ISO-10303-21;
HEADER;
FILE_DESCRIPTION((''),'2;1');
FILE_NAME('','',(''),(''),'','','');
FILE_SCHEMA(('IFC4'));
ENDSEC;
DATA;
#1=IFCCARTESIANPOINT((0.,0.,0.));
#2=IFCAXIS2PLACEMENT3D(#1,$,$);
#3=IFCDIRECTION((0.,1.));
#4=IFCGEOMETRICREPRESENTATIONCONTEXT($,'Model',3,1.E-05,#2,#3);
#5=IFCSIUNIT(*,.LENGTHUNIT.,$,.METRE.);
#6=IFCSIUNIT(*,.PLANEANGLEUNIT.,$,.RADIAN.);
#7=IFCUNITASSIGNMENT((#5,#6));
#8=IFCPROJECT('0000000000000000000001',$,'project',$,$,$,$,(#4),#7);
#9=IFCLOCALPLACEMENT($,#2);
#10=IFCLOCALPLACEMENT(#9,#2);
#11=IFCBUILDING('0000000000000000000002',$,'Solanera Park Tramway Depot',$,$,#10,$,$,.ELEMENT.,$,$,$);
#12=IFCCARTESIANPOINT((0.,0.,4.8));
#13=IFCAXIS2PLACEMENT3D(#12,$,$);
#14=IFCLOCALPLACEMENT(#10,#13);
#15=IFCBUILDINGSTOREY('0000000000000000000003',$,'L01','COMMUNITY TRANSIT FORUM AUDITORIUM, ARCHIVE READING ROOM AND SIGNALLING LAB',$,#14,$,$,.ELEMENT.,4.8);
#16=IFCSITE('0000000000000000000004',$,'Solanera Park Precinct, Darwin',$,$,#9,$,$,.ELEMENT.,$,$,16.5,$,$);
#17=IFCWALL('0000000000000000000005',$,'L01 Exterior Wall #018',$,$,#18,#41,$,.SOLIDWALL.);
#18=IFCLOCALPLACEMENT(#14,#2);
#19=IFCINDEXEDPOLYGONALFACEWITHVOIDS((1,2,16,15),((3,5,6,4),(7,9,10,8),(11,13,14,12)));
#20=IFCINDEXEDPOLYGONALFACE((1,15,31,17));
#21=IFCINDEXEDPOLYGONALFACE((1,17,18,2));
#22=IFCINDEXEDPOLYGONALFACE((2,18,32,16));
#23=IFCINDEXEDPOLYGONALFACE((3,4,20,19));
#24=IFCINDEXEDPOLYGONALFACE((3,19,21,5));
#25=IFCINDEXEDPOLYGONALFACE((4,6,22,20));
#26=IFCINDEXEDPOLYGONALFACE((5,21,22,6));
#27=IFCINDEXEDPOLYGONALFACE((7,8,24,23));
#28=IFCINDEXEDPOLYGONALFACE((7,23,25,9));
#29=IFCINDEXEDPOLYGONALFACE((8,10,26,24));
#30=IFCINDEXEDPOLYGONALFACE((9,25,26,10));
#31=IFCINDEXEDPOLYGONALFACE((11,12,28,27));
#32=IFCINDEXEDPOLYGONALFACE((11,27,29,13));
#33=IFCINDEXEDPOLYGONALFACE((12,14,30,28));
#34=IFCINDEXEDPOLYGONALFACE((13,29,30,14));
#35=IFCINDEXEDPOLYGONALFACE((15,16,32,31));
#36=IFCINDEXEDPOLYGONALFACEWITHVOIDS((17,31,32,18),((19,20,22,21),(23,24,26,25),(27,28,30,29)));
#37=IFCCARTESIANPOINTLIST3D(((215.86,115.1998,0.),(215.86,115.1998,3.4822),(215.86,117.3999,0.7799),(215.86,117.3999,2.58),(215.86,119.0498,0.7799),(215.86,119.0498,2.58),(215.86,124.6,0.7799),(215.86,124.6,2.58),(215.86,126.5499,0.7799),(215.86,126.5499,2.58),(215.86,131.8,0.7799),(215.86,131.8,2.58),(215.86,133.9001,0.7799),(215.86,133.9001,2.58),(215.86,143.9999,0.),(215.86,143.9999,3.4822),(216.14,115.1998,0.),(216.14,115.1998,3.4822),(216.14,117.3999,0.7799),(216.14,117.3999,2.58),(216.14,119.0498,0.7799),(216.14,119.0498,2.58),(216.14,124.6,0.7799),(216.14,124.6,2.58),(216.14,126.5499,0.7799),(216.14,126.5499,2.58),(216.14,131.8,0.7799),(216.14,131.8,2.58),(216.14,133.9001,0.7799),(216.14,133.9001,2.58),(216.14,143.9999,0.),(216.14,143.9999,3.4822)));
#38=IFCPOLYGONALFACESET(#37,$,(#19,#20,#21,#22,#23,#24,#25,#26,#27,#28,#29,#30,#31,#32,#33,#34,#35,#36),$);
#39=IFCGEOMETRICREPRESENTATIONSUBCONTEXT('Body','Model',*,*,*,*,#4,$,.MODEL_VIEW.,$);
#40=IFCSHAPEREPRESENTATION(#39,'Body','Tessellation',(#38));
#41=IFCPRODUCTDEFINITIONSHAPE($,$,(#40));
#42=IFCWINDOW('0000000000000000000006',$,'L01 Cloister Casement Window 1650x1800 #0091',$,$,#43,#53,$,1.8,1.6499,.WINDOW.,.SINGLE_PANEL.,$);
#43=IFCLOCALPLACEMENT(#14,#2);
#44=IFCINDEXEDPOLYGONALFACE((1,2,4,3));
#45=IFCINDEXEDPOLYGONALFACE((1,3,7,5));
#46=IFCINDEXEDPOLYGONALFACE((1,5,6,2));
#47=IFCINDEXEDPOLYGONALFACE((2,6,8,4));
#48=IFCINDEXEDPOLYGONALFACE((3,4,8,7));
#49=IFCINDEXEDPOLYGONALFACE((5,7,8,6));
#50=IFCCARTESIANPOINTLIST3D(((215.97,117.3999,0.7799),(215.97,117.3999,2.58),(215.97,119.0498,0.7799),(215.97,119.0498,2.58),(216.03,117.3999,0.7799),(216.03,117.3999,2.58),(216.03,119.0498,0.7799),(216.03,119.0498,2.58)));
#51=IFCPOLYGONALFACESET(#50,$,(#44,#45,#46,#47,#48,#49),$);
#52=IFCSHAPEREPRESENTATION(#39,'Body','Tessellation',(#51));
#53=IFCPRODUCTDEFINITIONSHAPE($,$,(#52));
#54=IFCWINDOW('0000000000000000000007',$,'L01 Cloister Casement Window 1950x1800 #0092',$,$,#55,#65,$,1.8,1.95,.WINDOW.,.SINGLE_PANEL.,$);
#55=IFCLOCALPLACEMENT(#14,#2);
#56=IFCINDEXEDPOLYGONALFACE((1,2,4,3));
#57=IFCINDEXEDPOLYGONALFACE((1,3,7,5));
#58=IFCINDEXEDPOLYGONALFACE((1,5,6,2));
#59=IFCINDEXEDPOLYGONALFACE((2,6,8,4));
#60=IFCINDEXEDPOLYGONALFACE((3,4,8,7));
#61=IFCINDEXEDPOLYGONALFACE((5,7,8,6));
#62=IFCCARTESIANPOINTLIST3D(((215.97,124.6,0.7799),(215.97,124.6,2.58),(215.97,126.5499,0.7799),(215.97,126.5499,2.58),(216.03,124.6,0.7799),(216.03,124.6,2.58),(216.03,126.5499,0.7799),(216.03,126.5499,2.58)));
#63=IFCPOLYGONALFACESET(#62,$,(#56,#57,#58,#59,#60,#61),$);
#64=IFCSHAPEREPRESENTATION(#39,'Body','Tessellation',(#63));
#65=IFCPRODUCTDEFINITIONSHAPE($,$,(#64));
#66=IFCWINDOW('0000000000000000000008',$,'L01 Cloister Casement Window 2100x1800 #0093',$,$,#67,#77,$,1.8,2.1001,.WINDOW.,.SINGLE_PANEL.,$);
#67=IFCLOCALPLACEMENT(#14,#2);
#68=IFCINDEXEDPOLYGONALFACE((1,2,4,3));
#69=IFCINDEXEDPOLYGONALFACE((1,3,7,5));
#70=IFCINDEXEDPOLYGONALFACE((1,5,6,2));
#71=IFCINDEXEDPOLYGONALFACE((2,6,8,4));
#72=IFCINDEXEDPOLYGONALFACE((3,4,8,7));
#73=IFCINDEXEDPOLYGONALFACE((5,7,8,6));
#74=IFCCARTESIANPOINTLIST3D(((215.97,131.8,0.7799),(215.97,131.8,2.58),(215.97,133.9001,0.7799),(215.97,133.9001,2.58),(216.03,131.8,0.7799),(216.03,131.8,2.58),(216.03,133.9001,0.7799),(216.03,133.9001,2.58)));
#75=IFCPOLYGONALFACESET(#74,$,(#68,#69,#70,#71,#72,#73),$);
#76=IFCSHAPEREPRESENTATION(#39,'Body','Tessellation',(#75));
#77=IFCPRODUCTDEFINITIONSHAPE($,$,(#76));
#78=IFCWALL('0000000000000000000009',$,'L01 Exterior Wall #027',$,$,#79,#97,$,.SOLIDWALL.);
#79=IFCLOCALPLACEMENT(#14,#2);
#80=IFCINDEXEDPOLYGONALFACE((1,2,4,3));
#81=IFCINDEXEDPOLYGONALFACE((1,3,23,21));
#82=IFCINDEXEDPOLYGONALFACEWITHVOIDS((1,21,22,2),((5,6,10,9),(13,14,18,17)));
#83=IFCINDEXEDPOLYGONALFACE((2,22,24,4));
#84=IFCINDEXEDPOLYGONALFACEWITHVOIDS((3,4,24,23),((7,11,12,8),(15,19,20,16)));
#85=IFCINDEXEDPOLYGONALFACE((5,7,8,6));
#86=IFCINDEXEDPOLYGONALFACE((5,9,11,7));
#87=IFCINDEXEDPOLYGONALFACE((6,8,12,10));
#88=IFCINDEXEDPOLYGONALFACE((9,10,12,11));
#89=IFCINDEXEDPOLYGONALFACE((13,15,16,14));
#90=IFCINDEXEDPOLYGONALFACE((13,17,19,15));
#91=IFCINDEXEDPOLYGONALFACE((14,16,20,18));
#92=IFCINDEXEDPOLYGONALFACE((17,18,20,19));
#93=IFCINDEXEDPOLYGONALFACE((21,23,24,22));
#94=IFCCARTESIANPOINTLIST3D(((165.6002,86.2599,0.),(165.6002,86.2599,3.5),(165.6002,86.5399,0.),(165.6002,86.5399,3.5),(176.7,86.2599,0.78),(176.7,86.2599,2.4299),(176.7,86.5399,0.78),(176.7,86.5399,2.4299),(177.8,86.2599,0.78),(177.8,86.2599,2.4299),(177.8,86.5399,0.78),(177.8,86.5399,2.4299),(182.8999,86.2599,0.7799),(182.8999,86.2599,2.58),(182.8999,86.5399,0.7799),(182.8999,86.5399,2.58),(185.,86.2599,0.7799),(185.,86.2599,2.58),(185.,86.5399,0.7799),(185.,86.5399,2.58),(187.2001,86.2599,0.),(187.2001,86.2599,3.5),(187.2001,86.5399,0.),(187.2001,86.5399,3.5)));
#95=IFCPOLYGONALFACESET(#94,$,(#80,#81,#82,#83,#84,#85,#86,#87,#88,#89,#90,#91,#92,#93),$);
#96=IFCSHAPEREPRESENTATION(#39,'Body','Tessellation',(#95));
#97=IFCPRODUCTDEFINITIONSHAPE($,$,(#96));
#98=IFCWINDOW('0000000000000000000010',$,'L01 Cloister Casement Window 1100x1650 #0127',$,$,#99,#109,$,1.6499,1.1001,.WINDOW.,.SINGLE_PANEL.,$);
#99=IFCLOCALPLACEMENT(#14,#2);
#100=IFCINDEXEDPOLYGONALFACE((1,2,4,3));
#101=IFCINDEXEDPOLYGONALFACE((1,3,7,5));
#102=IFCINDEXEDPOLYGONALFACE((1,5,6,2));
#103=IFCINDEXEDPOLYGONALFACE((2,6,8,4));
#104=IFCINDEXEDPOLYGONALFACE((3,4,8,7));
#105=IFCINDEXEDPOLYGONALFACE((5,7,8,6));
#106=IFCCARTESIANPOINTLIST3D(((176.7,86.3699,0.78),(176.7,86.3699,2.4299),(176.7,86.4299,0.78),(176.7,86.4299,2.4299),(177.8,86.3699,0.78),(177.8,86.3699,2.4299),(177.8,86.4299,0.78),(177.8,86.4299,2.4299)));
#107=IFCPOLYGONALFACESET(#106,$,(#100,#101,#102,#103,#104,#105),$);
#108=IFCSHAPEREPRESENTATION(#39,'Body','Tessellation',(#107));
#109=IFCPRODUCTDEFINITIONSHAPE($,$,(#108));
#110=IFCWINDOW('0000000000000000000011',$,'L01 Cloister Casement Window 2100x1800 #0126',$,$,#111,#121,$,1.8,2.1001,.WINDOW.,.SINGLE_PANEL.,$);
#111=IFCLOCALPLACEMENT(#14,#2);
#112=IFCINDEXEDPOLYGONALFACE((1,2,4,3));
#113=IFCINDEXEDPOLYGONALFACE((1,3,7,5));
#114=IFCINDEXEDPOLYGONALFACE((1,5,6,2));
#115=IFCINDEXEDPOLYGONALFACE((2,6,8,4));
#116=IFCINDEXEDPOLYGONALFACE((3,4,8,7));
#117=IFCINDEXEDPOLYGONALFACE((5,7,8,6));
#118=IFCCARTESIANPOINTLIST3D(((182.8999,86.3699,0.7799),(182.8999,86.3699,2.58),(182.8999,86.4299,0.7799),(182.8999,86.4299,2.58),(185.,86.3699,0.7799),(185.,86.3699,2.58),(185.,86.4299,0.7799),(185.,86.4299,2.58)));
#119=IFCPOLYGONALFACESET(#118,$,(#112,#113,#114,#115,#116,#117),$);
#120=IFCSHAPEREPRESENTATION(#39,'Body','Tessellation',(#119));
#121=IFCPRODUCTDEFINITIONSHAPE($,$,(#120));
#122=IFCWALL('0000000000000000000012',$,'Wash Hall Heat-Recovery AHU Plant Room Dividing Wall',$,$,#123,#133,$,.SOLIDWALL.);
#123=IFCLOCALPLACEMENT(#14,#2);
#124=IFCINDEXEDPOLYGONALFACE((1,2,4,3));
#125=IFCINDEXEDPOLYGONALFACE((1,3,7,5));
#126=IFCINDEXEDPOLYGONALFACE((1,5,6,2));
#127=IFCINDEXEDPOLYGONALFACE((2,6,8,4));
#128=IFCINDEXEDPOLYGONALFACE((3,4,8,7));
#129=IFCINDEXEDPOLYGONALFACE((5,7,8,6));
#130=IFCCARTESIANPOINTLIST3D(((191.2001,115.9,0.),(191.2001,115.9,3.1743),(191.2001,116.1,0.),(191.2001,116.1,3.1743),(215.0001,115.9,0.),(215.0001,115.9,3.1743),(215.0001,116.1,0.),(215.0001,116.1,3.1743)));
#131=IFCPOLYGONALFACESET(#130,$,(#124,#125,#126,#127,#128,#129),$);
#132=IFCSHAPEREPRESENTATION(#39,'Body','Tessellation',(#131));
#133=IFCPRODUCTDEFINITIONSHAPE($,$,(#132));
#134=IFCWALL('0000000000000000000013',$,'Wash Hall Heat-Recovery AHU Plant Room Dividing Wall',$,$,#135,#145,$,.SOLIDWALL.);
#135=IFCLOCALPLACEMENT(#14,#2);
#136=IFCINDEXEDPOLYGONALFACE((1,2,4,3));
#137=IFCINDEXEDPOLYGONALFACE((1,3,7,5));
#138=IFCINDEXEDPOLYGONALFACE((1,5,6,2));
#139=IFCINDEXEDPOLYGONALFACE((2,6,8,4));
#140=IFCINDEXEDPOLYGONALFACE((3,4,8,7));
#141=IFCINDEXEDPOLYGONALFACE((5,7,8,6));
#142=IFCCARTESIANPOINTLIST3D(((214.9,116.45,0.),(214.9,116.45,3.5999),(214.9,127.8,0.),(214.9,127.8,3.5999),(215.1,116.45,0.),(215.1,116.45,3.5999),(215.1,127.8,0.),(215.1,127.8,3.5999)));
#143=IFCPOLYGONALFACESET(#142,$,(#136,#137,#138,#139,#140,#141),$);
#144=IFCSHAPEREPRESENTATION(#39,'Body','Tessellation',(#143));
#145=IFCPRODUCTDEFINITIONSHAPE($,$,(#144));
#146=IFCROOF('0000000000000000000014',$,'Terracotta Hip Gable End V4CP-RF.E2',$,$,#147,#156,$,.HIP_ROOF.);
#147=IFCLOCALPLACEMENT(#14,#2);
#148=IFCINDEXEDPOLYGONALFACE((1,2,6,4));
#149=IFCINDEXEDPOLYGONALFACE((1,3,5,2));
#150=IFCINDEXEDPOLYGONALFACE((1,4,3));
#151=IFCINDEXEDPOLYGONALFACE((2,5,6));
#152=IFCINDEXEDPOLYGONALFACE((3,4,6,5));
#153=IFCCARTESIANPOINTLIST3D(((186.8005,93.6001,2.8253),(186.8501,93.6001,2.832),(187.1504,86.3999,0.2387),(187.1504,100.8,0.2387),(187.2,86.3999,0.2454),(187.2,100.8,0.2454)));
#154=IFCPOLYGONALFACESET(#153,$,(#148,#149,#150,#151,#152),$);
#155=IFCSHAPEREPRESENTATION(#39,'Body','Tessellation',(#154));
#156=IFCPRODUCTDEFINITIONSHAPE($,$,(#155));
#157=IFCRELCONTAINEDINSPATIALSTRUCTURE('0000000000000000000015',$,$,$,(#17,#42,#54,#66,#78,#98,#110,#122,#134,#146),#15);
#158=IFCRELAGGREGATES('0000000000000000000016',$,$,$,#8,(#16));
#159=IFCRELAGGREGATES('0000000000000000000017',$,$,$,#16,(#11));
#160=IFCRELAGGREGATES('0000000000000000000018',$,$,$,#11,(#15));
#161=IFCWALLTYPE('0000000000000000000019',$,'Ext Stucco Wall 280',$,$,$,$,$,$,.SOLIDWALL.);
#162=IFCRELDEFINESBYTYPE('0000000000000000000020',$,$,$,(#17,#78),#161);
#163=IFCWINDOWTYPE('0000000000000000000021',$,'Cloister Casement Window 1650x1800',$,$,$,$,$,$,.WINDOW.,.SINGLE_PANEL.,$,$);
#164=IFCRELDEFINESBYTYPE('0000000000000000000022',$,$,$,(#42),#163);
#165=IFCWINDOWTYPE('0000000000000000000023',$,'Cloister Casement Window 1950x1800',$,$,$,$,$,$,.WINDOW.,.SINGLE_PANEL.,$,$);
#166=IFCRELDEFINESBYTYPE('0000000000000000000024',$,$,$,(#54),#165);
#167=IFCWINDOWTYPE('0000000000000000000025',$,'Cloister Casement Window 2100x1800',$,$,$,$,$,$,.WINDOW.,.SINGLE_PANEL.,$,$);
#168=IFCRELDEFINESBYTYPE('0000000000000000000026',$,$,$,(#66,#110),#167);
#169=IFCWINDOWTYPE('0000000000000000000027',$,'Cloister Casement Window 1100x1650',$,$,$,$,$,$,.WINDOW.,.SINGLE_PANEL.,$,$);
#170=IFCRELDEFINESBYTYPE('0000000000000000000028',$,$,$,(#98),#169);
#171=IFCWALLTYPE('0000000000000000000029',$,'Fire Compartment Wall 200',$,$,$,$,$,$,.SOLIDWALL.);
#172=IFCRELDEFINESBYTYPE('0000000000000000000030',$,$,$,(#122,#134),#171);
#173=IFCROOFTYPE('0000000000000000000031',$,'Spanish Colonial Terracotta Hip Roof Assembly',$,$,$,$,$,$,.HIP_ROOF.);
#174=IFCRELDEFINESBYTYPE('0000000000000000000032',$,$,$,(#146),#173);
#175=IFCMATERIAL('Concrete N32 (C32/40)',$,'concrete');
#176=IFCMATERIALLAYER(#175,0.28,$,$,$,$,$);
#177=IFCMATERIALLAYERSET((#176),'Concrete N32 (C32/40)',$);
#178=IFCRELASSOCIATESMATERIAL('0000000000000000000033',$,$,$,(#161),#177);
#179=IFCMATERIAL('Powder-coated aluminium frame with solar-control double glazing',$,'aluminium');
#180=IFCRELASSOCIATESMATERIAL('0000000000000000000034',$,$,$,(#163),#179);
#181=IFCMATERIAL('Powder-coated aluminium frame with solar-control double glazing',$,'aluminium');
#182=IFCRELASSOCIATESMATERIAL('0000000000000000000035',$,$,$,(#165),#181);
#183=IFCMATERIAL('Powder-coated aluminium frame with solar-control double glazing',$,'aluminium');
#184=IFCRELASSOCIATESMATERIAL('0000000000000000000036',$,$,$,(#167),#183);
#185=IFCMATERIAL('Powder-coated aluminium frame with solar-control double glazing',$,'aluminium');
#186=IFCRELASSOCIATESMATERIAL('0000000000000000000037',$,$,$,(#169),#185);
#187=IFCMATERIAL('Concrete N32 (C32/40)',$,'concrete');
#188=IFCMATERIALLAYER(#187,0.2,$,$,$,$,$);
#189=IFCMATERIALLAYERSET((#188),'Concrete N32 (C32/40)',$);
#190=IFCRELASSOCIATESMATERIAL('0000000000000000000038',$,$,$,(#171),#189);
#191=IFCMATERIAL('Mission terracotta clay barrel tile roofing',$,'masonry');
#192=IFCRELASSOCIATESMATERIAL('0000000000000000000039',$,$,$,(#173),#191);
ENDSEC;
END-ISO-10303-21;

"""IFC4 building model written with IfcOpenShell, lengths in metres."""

from ifc_helpers import new_model, si_unit, direction, frame, frame_2d, origin, place, context, subcontext, project, spatial, polyline, rectangle, outline, extrude, material, layer, layer_set, type_object, element, fill, save


model = new_model("IFC4")

# Units and contexts
model_context = context("Model", 3, precision=1e-05, world=origin(), true_north=direction((0.0, 1.0)))
body_context = subcontext(model_context, "Body", "Model", "MODEL_VIEW")
ifc_project = project(units=[si_unit("LENGTHUNIT", "METRE"), si_unit("PLANEANGLEUNIT", "RADIAN")], contexts=[model_context])

# Site, building, storey
site_placement = place(None, origin())
site = spatial("IfcSite", under=ifc_project, at=site_placement, Name="Solanera Park Precinct, Darwin", CompositionType="ELEMENT", RefElevation=16.5)
building_placement = place(site_placement, origin())
building = spatial("IfcBuilding", under=site, at=building_placement, Name="Solanera Park Tramway Depot", CompositionType="ELEMENT")
storey_placement = place(building_placement, frame((0.0, 0.0, 4.8)))
storey = spatial("IfcBuildingStorey", under=building, at=storey_placement, Name="L01", Description="COMMUNITY TRANSIT FORUM AUDITORIUM, ARCHIVE READING ROOM AND SIGNALLING LAB", CompositionType="ELEMENT", Elevation=4.8)

# Walls, openings, windows
ifc_material_1 = material(Name="Concrete N32 (C32/40)", Category="concrete")
ifc_layer_1 = layer(ifc_material_1, 0.28)
ifc_layer_set_1 = layer_set([ifc_layer_1], Name="Concrete N32 (C32/40)")
wall_type_1 = type_object("IfcWallType", Name="Ext Stucco Wall 280", PredefinedType="SOLIDWALL", material=ifc_layer_set_1)
wall_1_placement = place(storey_placement, frame((216.0, 115.2, 0.0), z_axis=(0.0, 0.0, 1.0), x_axis=(0.0, 1.0, 0.0)))
wall_1 = element("IfcWall", 1, at=wall_1_placement, inside=storey, type_object=wall_type_1, Name="L01 Exterior Wall #018", PredefinedType="SOLIDWALL", context=body_context, shape_type="SweptSolid", body=[
    extrude(rectangle(XDim=28.8, YDim=0.28, at=frame_2d((14.3999, 0.0))), origin(), (0.0, 0.0, 1.0), 3.4822),
])
opening_1_placement = place(wall_1_placement, frame((2.2, 0.0, 0.78)))
opening_1 = element("IfcOpeningElement", 2, at=opening_1_placement, cuts=wall_1, PredefinedType="OPENING", context=body_context, shape_type="SweptSolid", body=[
    extrude(rectangle(XDim=1.6499, YDim=1.8, at=frame_2d((0.825, 0.8999))), frame((0.0, 0.1499, 0.0), z_axis=(0.0, -1.0, 0.0), x_axis=(1.0, 0.0, 0.0)), (0.0, 0.0, 1.0), 0.3),
])
opening_2_placement = place(wall_1_placement, frame((9.3999, 0.0, 0.78)))
opening_2 = element("IfcOpeningElement", 3, at=opening_2_placement, cuts=wall_1, PredefinedType="OPENING", context=body_context, shape_type="SweptSolid", body=[
    extrude(rectangle(XDim=1.95, YDim=1.8, at=frame_2d((0.9751, 0.8999))), frame((0.0, 0.1499, 0.0), z_axis=(0.0, -1.0, 0.0), x_axis=(1.0, 0.0, 0.0)), (0.0, 0.0, 1.0), 0.3),
])
opening_3_placement = place(wall_1_placement, frame((16.6001, 0.0, 0.78)))
opening_3 = element("IfcOpeningElement", 4, at=opening_3_placement, cuts=wall_1, PredefinedType="OPENING", context=body_context, shape_type="SweptSolid", body=[
    extrude(rectangle(XDim=2.1001, YDim=1.8, at=frame_2d((1.05, 0.8999))), frame((0.0, 0.1499, 0.0), z_axis=(0.0, -1.0, 0.0), x_axis=(1.0, 0.0, 0.0)), (0.0, 0.0, 1.0), 0.3),
])
ifc_material_2 = material(Name="Powder-coated aluminium frame with solar-control double glazing", Category="aluminium")
window_type_1 = type_object("IfcWindowType", Name="Cloister Casement Window 1650x1800", PartitioningType="SINGLE_PANEL", PredefinedType="WINDOW", material=ifc_material_2)
window_1_placement = place(opening_1_placement, origin())
window_1 = element("IfcWindow", 5, at=window_1_placement, inside=storey, type_object=window_type_1, Name="L01 Cloister Casement Window 1650x1800 #0091", OverallHeight=1.8, OverallWidth=1.6499, PartitioningType="SINGLE_PANEL", PredefinedType="WINDOW", context=body_context, shape_type="SweptSolid", body=[
    extrude(rectangle(XDim=1.6499, YDim=1.8, at=frame_2d((0.825, 0.8999))), frame((0.0, 0.03, 0.0), z_axis=(0.0, -1.0, 0.0), x_axis=(1.0, 0.0, 0.0)), (0.0, 0.0, 1.0), 0.0601),
])
fill(opening_1, window_1)
ifc_material_3 = material(Name="Powder-coated aluminium frame with solar-control double glazing", Category="aluminium")
window_type_2 = type_object("IfcWindowType", Name="Cloister Casement Window 1950x1800", PartitioningType="SINGLE_PANEL", PredefinedType="WINDOW", material=ifc_material_3)
window_2_placement = place(opening_2_placement, origin())
window_2 = element("IfcWindow", 6, at=window_2_placement, inside=storey, type_object=window_type_2, Name="L01 Cloister Casement Window 1950x1800 #0092", OverallHeight=1.8, OverallWidth=1.95, PartitioningType="SINGLE_PANEL", PredefinedType="WINDOW", context=body_context, shape_type="SweptSolid", body=[
    extrude(rectangle(XDim=1.95, YDim=1.8, at=frame_2d((0.9751, 0.8999))), frame((0.0, 0.03, 0.0), z_axis=(0.0, -1.0, 0.0), x_axis=(1.0, 0.0, 0.0)), (0.0, 0.0, 1.0), 0.0601),
])
fill(opening_2, window_2)
ifc_material_4 = material(Name="Powder-coated aluminium frame with solar-control double glazing", Category="aluminium")
window_type_3 = type_object("IfcWindowType", Name="Cloister Casement Window 2100x1800", PartitioningType="SINGLE_PANEL", PredefinedType="WINDOW", material=ifc_material_4)
window_3_placement = place(opening_3_placement, origin())
window_3 = element("IfcWindow", 7, at=window_3_placement, inside=storey, type_object=window_type_3, Name="L01 Cloister Casement Window 2100x1800 #0093", OverallHeight=1.8, OverallWidth=2.1001, PartitioningType="SINGLE_PANEL", PredefinedType="WINDOW", context=body_context, shape_type="SweptSolid", body=[
    extrude(rectangle(XDim=2.1001, YDim=1.8, at=frame_2d((1.05, 0.8999))), frame((0.0, 0.03, 0.0), z_axis=(0.0, -1.0, 0.0), x_axis=(1.0, 0.0, 0.0)), (0.0, 0.0, 1.0), 0.0601),
])
fill(opening_3, window_3)
wall_2_placement = place(storey_placement, frame((187.2, 86.3999, 0.0), z_axis=(0.0, 0.0, 1.0), x_axis=(-1.0, 0.0, 0.0)))
wall_2 = element("IfcWall", 8, at=wall_2_placement, inside=storey, type_object=wall_type_1, Name="L01 Exterior Wall #027", PredefinedType="SOLIDWALL", context=body_context, shape_type="SweptSolid", body=[
    extrude(rectangle(XDim=21.5999, YDim=0.28, at=frame_2d((10.7998, 0.0))), origin(), (0.0, 0.0, 1.0), 3.5),
])
opening_4_placement = place(wall_2_placement, frame((2.2, 0.0, 0.78)))
opening_4 = element("IfcOpeningElement", 9, at=opening_4_placement, cuts=wall_2, PredefinedType="OPENING", context=body_context, shape_type="SweptSolid", body=[
    extrude(rectangle(XDim=2.1001, YDim=1.8, at=frame_2d((1.05, 0.8999))), frame((0.0, 0.1499, 0.0), z_axis=(0.0, -1.0, 0.0), x_axis=(1.0, 0.0, 0.0)), (0.0, 0.0, 1.0), 0.3),
])
opening_5_placement = place(wall_2_placement, frame((9.3999, 0.0, 0.78)))
opening_5 = element("IfcOpeningElement", 10, at=opening_5_placement, cuts=wall_2, PredefinedType="OPENING", context=body_context, shape_type="SweptSolid", body=[
    extrude(rectangle(XDim=1.1001, YDim=1.6499, at=frame_2d((0.55, 0.825))), frame((0.0, 0.1499, 0.0), z_axis=(0.0, -1.0, 0.0), x_axis=(1.0, 0.0, 0.0)), (0.0, 0.0, 1.0), 0.3),
])
ifc_material_5 = material(Name="Powder-coated aluminium frame with solar-control double glazing", Category="aluminium")
window_type_4 = type_object("IfcWindowType", Name="Cloister Casement Window 1100x1650", PartitioningType="SINGLE_PANEL", PredefinedType="WINDOW", material=ifc_material_5)
window_4_placement = place(opening_5_placement, origin())
window_4 = element("IfcWindow", 11, at=window_4_placement, inside=storey, type_object=window_type_4, Name="L01 Cloister Casement Window 1100x1650 #0127", OverallHeight=1.6499, OverallWidth=1.1001, PartitioningType="SINGLE_PANEL", PredefinedType="WINDOW", context=body_context, shape_type="SweptSolid", body=[
    extrude(rectangle(XDim=1.1001, YDim=1.6499, at=frame_2d((0.55, 0.825))), frame((0.0, 0.03, 0.0), z_axis=(0.0, -1.0, 0.0), x_axis=(1.0, 0.0, 0.0)), (0.0, 0.0, 1.0), 0.0601),
])
fill(opening_5, window_4)
window_5_placement = place(opening_4_placement, origin())
window_5 = element("IfcWindow", 12, at=window_5_placement, inside=storey, type_object=window_type_3, Name="L01 Cloister Casement Window 2100x1800 #0126", OverallHeight=1.8, OverallWidth=2.1001, PartitioningType="SINGLE_PANEL", PredefinedType="WINDOW", context=body_context, shape_type="SweptSolid", body=[
    extrude(rectangle(XDim=2.1001, YDim=1.8, at=frame_2d((1.05, 0.8999))), frame((0.0, 0.03, 0.0), z_axis=(0.0, -1.0, 0.0), x_axis=(1.0, 0.0, 0.0)), (0.0, 0.0, 1.0), 0.0601),
])
fill(opening_4, window_5)

# Walls
ifc_material_6 = material(Name="Concrete N32 (C32/40)", Category="concrete")
ifc_layer_2 = layer(ifc_material_6, 0.2)
ifc_layer_set_2 = layer_set([ifc_layer_2], Name="Concrete N32 (C32/40)")
wall_type_2 = type_object("IfcWallType", Name="Fire Compartment Wall 200", PredefinedType="SOLIDWALL", material=ifc_layer_set_2)
wall_3_placement = place(storey_placement, frame((215.0, 116.0, 0.0), z_axis=(0.0, 0.0, 1.0), x_axis=(-1.0, 0.0, 0.0)))
element("IfcWall", 13, at=wall_3_placement, inside=storey, type_object=wall_type_2, Name="Wash Hall Heat-Recovery AHU Plant Room Dividing Wall", PredefinedType="SOLIDWALL", context=body_context, shape_type="SweptSolid", body=[
    extrude(rectangle(XDim=23.8, YDim=0.2, at=frame_2d((11.8999, 0.0))), origin(), (0.0, 0.0, 1.0), 3.1743),
])
wall_4_placement = place(storey_placement, frame((215.0, 116.45, 0.0), z_axis=(0.0, 0.0, 1.0), x_axis=(0.0, 1.0, 0.0)))
element("IfcWall", 14, at=wall_4_placement, inside=storey, type_object=wall_type_2, Name="Wash Hall Heat-Recovery AHU Plant Room Dividing Wall", PredefinedType="SOLIDWALL", context=body_context, shape_type="SweptSolid", body=[
    extrude(rectangle(XDim=11.3501, YDim=0.2, at=frame_2d((5.675, 0.0))), origin(), (0.0, 0.0, 1.0), 3.5999),
])

# Roof
ifc_material_7 = material(Name="Mission terracotta clay barrel tile roofing", Category="masonry")
roof_type = type_object("IfcRoofType", Name="Spanish Colonial Terracotta Hip Roof Assembly", PredefinedType="HIP_ROOF", material=ifc_material_7)
roof_placement = place(storey_placement, frame((187.2, 86.3999, 0.2454), z_axis=(0.990977, 0.0, 0.134032), x_axis=(0.0, 1.0, 0.0)))
element("IfcRoof", 15, at=roof_placement, inside=storey, type_object=roof_type, Name="Terracotta Hip Gable End V4CP-RF.E2", PredefinedType="HIP_ROOF", context=body_context, shape_type="SweptSolid", body=[
    extrude(outline(polyline([(0.0, 0.0), (14.4001, 0.0), (7.2002, 2.6102), (0.0, 0.0)])), origin(), (0.0, 0.0, -1.0), 0.05),
])

save(model, "model.ifc")
